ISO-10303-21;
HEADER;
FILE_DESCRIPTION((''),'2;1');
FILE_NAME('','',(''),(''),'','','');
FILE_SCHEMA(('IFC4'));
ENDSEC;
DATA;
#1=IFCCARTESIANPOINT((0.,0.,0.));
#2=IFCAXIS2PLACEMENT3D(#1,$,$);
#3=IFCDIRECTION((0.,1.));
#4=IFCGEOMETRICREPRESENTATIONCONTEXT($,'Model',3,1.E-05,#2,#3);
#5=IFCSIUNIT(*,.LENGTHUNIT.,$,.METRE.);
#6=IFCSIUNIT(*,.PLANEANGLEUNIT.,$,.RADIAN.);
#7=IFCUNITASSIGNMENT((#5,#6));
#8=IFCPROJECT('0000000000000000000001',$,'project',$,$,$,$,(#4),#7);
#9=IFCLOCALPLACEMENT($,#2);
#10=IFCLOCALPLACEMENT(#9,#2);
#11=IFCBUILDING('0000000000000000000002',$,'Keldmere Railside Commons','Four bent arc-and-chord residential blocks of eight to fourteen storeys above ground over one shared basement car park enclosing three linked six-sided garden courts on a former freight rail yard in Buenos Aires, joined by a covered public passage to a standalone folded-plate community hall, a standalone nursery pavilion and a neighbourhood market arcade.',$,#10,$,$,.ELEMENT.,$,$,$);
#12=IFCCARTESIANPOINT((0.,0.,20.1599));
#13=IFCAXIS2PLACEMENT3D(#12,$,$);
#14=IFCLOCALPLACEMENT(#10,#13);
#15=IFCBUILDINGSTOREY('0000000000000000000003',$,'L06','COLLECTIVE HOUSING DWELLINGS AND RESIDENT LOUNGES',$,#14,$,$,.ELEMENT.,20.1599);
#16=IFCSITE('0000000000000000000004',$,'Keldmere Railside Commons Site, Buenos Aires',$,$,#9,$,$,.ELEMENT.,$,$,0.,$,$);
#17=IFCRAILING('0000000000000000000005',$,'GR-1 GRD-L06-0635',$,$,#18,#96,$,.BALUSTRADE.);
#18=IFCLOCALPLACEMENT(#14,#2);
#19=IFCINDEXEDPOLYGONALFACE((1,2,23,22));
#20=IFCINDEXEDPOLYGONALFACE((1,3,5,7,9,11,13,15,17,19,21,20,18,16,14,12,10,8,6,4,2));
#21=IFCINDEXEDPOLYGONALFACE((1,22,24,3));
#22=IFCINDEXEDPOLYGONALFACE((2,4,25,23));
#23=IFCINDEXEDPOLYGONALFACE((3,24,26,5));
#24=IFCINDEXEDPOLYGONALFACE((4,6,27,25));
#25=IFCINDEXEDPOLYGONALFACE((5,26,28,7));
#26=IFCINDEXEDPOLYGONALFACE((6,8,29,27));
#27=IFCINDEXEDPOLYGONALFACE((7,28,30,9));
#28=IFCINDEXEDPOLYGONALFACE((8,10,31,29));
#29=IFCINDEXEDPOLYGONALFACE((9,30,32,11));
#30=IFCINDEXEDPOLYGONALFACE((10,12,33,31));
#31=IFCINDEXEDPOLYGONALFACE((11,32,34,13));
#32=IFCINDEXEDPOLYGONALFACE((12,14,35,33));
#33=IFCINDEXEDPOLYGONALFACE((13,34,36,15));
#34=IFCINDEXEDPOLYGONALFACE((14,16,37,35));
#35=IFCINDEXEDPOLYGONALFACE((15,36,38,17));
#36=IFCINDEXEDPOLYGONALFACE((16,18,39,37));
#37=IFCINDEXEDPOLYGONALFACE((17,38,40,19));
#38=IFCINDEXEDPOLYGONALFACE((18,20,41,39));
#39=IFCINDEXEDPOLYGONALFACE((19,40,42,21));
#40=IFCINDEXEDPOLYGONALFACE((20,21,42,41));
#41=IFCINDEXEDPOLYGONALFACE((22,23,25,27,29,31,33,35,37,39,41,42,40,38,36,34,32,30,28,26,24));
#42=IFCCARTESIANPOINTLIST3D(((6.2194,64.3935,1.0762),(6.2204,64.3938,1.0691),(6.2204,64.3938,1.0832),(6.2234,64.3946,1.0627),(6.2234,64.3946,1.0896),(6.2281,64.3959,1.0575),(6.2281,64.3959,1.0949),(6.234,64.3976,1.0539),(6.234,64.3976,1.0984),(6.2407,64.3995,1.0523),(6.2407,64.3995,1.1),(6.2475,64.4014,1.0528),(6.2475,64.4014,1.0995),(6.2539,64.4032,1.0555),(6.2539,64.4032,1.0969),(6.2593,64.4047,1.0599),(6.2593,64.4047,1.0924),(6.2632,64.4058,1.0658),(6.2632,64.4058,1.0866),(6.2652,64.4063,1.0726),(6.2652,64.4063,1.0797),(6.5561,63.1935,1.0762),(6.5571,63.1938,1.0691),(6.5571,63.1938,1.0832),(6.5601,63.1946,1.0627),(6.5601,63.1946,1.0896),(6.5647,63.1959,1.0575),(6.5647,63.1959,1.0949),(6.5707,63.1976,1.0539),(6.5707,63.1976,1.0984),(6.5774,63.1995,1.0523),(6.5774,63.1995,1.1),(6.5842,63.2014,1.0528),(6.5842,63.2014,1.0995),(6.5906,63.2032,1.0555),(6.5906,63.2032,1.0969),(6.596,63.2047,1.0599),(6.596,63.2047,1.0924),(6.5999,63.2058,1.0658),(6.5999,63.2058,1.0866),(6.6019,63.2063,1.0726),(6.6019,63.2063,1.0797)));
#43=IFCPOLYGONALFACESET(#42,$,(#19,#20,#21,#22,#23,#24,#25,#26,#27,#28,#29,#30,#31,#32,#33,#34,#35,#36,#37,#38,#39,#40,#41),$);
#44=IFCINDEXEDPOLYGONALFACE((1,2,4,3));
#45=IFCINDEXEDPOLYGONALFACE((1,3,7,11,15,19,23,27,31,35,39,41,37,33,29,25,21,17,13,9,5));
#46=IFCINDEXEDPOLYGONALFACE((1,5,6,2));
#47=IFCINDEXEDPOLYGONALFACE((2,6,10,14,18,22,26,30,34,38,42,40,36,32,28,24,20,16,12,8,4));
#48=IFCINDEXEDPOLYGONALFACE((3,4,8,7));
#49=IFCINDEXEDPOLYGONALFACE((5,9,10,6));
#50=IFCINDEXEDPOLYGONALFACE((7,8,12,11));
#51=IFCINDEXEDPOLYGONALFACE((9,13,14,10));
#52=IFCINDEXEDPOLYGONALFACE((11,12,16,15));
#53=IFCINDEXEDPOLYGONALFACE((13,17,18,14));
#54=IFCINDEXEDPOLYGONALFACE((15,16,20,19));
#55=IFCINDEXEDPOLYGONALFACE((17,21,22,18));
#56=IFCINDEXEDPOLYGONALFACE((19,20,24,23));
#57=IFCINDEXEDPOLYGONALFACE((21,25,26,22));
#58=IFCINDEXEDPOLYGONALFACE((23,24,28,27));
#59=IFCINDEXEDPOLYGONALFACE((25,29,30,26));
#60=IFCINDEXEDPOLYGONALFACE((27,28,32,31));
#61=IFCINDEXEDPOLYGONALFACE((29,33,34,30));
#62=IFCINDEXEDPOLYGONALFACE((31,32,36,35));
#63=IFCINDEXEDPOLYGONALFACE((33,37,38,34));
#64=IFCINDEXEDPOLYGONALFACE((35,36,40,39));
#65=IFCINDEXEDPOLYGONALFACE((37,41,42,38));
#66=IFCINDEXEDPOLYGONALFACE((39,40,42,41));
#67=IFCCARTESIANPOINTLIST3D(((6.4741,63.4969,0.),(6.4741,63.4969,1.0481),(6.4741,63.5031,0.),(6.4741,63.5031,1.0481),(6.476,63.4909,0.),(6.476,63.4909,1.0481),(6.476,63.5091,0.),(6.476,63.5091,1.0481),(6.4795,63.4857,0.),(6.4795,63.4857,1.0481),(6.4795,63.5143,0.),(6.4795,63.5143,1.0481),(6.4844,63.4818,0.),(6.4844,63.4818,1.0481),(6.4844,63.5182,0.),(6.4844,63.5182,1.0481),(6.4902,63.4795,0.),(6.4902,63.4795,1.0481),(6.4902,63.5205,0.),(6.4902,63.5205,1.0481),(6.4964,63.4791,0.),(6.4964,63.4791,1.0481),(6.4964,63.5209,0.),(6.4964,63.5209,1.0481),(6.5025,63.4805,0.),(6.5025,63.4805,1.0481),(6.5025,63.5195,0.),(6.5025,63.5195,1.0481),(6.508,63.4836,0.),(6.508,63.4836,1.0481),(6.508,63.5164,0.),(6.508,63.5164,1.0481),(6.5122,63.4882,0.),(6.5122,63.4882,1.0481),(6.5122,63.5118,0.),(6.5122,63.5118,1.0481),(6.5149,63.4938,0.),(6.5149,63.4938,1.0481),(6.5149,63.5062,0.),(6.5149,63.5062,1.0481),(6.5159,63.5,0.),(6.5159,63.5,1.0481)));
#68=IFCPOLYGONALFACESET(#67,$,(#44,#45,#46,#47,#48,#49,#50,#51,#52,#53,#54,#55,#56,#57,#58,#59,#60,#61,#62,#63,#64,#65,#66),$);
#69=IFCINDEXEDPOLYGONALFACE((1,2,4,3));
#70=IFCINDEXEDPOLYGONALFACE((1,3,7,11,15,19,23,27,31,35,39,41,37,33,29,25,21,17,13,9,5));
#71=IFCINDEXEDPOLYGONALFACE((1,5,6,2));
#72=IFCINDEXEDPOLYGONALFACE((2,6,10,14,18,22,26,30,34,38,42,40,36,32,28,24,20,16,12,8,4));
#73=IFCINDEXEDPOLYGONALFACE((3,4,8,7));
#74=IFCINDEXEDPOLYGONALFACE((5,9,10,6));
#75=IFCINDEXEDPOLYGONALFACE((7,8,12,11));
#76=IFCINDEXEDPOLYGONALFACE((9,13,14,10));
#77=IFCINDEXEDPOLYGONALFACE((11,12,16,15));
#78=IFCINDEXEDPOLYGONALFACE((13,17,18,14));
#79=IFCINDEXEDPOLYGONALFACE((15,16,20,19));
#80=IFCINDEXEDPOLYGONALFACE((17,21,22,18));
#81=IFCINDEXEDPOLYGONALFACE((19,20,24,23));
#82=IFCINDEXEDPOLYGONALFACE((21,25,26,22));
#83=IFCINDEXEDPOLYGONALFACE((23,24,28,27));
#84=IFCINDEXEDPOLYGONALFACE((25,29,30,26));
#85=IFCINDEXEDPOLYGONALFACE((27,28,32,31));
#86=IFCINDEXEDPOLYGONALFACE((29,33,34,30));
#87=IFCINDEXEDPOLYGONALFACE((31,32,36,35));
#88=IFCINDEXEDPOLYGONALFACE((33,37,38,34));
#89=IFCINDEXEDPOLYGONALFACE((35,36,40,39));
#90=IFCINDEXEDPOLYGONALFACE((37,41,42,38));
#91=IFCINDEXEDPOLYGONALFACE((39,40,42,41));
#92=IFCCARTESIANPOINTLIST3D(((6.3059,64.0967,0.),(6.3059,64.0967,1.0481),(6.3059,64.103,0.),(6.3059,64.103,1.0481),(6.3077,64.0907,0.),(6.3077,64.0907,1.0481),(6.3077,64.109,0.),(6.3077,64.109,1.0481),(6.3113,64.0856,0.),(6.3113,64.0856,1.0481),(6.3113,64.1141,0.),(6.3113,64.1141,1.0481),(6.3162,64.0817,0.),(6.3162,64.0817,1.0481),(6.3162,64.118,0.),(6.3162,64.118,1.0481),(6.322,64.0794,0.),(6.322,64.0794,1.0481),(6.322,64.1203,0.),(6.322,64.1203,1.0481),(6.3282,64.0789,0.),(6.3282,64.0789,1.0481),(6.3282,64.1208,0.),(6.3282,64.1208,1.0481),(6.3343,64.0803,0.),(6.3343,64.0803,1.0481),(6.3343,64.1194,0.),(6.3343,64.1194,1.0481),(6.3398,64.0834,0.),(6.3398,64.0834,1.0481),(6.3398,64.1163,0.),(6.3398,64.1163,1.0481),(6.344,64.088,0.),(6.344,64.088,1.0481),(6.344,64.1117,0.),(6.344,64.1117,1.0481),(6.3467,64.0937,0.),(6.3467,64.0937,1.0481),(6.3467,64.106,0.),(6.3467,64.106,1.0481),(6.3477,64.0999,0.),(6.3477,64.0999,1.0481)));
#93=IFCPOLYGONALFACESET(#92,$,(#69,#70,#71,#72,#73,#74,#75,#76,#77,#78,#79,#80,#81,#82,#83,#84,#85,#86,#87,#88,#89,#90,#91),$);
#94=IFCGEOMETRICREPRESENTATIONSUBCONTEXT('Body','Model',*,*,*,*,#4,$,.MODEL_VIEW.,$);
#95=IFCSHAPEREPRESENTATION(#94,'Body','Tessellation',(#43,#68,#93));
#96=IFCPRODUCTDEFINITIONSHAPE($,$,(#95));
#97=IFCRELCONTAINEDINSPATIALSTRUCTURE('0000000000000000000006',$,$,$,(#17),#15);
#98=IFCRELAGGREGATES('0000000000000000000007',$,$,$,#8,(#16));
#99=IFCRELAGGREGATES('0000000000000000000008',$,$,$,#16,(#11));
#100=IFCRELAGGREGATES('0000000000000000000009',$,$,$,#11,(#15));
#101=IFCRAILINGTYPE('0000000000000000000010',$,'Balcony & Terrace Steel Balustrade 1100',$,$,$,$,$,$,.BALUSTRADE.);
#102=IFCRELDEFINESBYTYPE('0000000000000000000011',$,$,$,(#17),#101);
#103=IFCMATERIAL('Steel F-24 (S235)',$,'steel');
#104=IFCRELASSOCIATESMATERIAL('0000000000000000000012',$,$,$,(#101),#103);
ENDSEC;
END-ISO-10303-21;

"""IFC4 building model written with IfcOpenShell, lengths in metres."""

from ifc_helpers import new_model, si_unit, direction, frame, origin, origin_2d, place, context, subcontext, project, spatial, circle, extrude, material, type_object, element, save


model = new_model("IFC4")

# Units and contexts
model_context = context("Model", 3, precision=1e-05, world=origin(), true_north=direction((0.0, 1.0)))
body_context = subcontext(model_context, "Body", "Model", "MODEL_VIEW")
ifc_project = project(units=[si_unit("LENGTHUNIT", "METRE"), si_unit("PLANEANGLEUNIT", "RADIAN")], contexts=[model_context])

# Site, building, storey
site_placement = place(None, origin())
site = spatial("IfcSite", under=ifc_project, at=site_placement, Name="Keldmere Railside Commons Site, Buenos Aires", CompositionType="ELEMENT", RefElevation=0.0)
building_placement = place(site_placement, origin())
building = spatial("IfcBuilding", under=site, at=building_placement, Name="Keldmere Railside Commons", Description="Four bent arc-and-chord residential blocks of eight to fourteen storeys above ground over one shared basement car park enclosing three linked six-sided garden courts on a former freight rail yard in Buenos Aires, joined by a covered public passage to a standalone folded-plate community hall, a standalone nursery pavilion and a neighbourhood market arcade.", CompositionType="ELEMENT")
storey_placement = place(building_placement, frame((0.0, 0.0, 20.1599)))
storey = spatial("IfcBuildingStorey", under=building, at=storey_placement, Name="L06", Description="COLLECTIVE HOUSING DWELLINGS AND RESIDENT LOUNGES", CompositionType="ELEMENT", Elevation=20.1599)

# Railing
ifc_material_1 = material(Name="Steel F-24 (S235)", Category="steel")
railing_type = type_object("IfcRailingType", Name="Balcony & Terrace Steel Balustrade 1100", PredefinedType="BALUSTRADE", material=ifc_material_1)
railing_1_placement = place(storey_placement, frame((6.5791, 63.2, 0.0)))
element("IfcRailing", 1, at=railing_1_placement, inside=storey, type_object=railing_type, Name="GR-1 GRD-L06-0635", PredefinedType="BALUSTRADE", context=body_context, shape_type="SweptSolid", body=[
    extrude(circle(Radius=0.0239, at=origin_2d()), frame((0.0, 0.0, 1.0762), z_axis=(-0.270139, 0.962821, 0.0), x_axis=(-0.962821, -0.270139, 0.0)), (0.0, 0.0, 1.0), 1.2463),
    extrude(circle(Radius=0.021, at=origin_2d()), frame((-0.0842, 0.3, 0.0)), (0.0, 0.0, 1.0), 1.0481),
    extrude(circle(Radius=0.021, at=origin_2d()), frame((-0.2524, 0.8999, 0.0)), (0.0, 0.0, 1.0), 1.0481),
])

save(model, "model.ifc")
